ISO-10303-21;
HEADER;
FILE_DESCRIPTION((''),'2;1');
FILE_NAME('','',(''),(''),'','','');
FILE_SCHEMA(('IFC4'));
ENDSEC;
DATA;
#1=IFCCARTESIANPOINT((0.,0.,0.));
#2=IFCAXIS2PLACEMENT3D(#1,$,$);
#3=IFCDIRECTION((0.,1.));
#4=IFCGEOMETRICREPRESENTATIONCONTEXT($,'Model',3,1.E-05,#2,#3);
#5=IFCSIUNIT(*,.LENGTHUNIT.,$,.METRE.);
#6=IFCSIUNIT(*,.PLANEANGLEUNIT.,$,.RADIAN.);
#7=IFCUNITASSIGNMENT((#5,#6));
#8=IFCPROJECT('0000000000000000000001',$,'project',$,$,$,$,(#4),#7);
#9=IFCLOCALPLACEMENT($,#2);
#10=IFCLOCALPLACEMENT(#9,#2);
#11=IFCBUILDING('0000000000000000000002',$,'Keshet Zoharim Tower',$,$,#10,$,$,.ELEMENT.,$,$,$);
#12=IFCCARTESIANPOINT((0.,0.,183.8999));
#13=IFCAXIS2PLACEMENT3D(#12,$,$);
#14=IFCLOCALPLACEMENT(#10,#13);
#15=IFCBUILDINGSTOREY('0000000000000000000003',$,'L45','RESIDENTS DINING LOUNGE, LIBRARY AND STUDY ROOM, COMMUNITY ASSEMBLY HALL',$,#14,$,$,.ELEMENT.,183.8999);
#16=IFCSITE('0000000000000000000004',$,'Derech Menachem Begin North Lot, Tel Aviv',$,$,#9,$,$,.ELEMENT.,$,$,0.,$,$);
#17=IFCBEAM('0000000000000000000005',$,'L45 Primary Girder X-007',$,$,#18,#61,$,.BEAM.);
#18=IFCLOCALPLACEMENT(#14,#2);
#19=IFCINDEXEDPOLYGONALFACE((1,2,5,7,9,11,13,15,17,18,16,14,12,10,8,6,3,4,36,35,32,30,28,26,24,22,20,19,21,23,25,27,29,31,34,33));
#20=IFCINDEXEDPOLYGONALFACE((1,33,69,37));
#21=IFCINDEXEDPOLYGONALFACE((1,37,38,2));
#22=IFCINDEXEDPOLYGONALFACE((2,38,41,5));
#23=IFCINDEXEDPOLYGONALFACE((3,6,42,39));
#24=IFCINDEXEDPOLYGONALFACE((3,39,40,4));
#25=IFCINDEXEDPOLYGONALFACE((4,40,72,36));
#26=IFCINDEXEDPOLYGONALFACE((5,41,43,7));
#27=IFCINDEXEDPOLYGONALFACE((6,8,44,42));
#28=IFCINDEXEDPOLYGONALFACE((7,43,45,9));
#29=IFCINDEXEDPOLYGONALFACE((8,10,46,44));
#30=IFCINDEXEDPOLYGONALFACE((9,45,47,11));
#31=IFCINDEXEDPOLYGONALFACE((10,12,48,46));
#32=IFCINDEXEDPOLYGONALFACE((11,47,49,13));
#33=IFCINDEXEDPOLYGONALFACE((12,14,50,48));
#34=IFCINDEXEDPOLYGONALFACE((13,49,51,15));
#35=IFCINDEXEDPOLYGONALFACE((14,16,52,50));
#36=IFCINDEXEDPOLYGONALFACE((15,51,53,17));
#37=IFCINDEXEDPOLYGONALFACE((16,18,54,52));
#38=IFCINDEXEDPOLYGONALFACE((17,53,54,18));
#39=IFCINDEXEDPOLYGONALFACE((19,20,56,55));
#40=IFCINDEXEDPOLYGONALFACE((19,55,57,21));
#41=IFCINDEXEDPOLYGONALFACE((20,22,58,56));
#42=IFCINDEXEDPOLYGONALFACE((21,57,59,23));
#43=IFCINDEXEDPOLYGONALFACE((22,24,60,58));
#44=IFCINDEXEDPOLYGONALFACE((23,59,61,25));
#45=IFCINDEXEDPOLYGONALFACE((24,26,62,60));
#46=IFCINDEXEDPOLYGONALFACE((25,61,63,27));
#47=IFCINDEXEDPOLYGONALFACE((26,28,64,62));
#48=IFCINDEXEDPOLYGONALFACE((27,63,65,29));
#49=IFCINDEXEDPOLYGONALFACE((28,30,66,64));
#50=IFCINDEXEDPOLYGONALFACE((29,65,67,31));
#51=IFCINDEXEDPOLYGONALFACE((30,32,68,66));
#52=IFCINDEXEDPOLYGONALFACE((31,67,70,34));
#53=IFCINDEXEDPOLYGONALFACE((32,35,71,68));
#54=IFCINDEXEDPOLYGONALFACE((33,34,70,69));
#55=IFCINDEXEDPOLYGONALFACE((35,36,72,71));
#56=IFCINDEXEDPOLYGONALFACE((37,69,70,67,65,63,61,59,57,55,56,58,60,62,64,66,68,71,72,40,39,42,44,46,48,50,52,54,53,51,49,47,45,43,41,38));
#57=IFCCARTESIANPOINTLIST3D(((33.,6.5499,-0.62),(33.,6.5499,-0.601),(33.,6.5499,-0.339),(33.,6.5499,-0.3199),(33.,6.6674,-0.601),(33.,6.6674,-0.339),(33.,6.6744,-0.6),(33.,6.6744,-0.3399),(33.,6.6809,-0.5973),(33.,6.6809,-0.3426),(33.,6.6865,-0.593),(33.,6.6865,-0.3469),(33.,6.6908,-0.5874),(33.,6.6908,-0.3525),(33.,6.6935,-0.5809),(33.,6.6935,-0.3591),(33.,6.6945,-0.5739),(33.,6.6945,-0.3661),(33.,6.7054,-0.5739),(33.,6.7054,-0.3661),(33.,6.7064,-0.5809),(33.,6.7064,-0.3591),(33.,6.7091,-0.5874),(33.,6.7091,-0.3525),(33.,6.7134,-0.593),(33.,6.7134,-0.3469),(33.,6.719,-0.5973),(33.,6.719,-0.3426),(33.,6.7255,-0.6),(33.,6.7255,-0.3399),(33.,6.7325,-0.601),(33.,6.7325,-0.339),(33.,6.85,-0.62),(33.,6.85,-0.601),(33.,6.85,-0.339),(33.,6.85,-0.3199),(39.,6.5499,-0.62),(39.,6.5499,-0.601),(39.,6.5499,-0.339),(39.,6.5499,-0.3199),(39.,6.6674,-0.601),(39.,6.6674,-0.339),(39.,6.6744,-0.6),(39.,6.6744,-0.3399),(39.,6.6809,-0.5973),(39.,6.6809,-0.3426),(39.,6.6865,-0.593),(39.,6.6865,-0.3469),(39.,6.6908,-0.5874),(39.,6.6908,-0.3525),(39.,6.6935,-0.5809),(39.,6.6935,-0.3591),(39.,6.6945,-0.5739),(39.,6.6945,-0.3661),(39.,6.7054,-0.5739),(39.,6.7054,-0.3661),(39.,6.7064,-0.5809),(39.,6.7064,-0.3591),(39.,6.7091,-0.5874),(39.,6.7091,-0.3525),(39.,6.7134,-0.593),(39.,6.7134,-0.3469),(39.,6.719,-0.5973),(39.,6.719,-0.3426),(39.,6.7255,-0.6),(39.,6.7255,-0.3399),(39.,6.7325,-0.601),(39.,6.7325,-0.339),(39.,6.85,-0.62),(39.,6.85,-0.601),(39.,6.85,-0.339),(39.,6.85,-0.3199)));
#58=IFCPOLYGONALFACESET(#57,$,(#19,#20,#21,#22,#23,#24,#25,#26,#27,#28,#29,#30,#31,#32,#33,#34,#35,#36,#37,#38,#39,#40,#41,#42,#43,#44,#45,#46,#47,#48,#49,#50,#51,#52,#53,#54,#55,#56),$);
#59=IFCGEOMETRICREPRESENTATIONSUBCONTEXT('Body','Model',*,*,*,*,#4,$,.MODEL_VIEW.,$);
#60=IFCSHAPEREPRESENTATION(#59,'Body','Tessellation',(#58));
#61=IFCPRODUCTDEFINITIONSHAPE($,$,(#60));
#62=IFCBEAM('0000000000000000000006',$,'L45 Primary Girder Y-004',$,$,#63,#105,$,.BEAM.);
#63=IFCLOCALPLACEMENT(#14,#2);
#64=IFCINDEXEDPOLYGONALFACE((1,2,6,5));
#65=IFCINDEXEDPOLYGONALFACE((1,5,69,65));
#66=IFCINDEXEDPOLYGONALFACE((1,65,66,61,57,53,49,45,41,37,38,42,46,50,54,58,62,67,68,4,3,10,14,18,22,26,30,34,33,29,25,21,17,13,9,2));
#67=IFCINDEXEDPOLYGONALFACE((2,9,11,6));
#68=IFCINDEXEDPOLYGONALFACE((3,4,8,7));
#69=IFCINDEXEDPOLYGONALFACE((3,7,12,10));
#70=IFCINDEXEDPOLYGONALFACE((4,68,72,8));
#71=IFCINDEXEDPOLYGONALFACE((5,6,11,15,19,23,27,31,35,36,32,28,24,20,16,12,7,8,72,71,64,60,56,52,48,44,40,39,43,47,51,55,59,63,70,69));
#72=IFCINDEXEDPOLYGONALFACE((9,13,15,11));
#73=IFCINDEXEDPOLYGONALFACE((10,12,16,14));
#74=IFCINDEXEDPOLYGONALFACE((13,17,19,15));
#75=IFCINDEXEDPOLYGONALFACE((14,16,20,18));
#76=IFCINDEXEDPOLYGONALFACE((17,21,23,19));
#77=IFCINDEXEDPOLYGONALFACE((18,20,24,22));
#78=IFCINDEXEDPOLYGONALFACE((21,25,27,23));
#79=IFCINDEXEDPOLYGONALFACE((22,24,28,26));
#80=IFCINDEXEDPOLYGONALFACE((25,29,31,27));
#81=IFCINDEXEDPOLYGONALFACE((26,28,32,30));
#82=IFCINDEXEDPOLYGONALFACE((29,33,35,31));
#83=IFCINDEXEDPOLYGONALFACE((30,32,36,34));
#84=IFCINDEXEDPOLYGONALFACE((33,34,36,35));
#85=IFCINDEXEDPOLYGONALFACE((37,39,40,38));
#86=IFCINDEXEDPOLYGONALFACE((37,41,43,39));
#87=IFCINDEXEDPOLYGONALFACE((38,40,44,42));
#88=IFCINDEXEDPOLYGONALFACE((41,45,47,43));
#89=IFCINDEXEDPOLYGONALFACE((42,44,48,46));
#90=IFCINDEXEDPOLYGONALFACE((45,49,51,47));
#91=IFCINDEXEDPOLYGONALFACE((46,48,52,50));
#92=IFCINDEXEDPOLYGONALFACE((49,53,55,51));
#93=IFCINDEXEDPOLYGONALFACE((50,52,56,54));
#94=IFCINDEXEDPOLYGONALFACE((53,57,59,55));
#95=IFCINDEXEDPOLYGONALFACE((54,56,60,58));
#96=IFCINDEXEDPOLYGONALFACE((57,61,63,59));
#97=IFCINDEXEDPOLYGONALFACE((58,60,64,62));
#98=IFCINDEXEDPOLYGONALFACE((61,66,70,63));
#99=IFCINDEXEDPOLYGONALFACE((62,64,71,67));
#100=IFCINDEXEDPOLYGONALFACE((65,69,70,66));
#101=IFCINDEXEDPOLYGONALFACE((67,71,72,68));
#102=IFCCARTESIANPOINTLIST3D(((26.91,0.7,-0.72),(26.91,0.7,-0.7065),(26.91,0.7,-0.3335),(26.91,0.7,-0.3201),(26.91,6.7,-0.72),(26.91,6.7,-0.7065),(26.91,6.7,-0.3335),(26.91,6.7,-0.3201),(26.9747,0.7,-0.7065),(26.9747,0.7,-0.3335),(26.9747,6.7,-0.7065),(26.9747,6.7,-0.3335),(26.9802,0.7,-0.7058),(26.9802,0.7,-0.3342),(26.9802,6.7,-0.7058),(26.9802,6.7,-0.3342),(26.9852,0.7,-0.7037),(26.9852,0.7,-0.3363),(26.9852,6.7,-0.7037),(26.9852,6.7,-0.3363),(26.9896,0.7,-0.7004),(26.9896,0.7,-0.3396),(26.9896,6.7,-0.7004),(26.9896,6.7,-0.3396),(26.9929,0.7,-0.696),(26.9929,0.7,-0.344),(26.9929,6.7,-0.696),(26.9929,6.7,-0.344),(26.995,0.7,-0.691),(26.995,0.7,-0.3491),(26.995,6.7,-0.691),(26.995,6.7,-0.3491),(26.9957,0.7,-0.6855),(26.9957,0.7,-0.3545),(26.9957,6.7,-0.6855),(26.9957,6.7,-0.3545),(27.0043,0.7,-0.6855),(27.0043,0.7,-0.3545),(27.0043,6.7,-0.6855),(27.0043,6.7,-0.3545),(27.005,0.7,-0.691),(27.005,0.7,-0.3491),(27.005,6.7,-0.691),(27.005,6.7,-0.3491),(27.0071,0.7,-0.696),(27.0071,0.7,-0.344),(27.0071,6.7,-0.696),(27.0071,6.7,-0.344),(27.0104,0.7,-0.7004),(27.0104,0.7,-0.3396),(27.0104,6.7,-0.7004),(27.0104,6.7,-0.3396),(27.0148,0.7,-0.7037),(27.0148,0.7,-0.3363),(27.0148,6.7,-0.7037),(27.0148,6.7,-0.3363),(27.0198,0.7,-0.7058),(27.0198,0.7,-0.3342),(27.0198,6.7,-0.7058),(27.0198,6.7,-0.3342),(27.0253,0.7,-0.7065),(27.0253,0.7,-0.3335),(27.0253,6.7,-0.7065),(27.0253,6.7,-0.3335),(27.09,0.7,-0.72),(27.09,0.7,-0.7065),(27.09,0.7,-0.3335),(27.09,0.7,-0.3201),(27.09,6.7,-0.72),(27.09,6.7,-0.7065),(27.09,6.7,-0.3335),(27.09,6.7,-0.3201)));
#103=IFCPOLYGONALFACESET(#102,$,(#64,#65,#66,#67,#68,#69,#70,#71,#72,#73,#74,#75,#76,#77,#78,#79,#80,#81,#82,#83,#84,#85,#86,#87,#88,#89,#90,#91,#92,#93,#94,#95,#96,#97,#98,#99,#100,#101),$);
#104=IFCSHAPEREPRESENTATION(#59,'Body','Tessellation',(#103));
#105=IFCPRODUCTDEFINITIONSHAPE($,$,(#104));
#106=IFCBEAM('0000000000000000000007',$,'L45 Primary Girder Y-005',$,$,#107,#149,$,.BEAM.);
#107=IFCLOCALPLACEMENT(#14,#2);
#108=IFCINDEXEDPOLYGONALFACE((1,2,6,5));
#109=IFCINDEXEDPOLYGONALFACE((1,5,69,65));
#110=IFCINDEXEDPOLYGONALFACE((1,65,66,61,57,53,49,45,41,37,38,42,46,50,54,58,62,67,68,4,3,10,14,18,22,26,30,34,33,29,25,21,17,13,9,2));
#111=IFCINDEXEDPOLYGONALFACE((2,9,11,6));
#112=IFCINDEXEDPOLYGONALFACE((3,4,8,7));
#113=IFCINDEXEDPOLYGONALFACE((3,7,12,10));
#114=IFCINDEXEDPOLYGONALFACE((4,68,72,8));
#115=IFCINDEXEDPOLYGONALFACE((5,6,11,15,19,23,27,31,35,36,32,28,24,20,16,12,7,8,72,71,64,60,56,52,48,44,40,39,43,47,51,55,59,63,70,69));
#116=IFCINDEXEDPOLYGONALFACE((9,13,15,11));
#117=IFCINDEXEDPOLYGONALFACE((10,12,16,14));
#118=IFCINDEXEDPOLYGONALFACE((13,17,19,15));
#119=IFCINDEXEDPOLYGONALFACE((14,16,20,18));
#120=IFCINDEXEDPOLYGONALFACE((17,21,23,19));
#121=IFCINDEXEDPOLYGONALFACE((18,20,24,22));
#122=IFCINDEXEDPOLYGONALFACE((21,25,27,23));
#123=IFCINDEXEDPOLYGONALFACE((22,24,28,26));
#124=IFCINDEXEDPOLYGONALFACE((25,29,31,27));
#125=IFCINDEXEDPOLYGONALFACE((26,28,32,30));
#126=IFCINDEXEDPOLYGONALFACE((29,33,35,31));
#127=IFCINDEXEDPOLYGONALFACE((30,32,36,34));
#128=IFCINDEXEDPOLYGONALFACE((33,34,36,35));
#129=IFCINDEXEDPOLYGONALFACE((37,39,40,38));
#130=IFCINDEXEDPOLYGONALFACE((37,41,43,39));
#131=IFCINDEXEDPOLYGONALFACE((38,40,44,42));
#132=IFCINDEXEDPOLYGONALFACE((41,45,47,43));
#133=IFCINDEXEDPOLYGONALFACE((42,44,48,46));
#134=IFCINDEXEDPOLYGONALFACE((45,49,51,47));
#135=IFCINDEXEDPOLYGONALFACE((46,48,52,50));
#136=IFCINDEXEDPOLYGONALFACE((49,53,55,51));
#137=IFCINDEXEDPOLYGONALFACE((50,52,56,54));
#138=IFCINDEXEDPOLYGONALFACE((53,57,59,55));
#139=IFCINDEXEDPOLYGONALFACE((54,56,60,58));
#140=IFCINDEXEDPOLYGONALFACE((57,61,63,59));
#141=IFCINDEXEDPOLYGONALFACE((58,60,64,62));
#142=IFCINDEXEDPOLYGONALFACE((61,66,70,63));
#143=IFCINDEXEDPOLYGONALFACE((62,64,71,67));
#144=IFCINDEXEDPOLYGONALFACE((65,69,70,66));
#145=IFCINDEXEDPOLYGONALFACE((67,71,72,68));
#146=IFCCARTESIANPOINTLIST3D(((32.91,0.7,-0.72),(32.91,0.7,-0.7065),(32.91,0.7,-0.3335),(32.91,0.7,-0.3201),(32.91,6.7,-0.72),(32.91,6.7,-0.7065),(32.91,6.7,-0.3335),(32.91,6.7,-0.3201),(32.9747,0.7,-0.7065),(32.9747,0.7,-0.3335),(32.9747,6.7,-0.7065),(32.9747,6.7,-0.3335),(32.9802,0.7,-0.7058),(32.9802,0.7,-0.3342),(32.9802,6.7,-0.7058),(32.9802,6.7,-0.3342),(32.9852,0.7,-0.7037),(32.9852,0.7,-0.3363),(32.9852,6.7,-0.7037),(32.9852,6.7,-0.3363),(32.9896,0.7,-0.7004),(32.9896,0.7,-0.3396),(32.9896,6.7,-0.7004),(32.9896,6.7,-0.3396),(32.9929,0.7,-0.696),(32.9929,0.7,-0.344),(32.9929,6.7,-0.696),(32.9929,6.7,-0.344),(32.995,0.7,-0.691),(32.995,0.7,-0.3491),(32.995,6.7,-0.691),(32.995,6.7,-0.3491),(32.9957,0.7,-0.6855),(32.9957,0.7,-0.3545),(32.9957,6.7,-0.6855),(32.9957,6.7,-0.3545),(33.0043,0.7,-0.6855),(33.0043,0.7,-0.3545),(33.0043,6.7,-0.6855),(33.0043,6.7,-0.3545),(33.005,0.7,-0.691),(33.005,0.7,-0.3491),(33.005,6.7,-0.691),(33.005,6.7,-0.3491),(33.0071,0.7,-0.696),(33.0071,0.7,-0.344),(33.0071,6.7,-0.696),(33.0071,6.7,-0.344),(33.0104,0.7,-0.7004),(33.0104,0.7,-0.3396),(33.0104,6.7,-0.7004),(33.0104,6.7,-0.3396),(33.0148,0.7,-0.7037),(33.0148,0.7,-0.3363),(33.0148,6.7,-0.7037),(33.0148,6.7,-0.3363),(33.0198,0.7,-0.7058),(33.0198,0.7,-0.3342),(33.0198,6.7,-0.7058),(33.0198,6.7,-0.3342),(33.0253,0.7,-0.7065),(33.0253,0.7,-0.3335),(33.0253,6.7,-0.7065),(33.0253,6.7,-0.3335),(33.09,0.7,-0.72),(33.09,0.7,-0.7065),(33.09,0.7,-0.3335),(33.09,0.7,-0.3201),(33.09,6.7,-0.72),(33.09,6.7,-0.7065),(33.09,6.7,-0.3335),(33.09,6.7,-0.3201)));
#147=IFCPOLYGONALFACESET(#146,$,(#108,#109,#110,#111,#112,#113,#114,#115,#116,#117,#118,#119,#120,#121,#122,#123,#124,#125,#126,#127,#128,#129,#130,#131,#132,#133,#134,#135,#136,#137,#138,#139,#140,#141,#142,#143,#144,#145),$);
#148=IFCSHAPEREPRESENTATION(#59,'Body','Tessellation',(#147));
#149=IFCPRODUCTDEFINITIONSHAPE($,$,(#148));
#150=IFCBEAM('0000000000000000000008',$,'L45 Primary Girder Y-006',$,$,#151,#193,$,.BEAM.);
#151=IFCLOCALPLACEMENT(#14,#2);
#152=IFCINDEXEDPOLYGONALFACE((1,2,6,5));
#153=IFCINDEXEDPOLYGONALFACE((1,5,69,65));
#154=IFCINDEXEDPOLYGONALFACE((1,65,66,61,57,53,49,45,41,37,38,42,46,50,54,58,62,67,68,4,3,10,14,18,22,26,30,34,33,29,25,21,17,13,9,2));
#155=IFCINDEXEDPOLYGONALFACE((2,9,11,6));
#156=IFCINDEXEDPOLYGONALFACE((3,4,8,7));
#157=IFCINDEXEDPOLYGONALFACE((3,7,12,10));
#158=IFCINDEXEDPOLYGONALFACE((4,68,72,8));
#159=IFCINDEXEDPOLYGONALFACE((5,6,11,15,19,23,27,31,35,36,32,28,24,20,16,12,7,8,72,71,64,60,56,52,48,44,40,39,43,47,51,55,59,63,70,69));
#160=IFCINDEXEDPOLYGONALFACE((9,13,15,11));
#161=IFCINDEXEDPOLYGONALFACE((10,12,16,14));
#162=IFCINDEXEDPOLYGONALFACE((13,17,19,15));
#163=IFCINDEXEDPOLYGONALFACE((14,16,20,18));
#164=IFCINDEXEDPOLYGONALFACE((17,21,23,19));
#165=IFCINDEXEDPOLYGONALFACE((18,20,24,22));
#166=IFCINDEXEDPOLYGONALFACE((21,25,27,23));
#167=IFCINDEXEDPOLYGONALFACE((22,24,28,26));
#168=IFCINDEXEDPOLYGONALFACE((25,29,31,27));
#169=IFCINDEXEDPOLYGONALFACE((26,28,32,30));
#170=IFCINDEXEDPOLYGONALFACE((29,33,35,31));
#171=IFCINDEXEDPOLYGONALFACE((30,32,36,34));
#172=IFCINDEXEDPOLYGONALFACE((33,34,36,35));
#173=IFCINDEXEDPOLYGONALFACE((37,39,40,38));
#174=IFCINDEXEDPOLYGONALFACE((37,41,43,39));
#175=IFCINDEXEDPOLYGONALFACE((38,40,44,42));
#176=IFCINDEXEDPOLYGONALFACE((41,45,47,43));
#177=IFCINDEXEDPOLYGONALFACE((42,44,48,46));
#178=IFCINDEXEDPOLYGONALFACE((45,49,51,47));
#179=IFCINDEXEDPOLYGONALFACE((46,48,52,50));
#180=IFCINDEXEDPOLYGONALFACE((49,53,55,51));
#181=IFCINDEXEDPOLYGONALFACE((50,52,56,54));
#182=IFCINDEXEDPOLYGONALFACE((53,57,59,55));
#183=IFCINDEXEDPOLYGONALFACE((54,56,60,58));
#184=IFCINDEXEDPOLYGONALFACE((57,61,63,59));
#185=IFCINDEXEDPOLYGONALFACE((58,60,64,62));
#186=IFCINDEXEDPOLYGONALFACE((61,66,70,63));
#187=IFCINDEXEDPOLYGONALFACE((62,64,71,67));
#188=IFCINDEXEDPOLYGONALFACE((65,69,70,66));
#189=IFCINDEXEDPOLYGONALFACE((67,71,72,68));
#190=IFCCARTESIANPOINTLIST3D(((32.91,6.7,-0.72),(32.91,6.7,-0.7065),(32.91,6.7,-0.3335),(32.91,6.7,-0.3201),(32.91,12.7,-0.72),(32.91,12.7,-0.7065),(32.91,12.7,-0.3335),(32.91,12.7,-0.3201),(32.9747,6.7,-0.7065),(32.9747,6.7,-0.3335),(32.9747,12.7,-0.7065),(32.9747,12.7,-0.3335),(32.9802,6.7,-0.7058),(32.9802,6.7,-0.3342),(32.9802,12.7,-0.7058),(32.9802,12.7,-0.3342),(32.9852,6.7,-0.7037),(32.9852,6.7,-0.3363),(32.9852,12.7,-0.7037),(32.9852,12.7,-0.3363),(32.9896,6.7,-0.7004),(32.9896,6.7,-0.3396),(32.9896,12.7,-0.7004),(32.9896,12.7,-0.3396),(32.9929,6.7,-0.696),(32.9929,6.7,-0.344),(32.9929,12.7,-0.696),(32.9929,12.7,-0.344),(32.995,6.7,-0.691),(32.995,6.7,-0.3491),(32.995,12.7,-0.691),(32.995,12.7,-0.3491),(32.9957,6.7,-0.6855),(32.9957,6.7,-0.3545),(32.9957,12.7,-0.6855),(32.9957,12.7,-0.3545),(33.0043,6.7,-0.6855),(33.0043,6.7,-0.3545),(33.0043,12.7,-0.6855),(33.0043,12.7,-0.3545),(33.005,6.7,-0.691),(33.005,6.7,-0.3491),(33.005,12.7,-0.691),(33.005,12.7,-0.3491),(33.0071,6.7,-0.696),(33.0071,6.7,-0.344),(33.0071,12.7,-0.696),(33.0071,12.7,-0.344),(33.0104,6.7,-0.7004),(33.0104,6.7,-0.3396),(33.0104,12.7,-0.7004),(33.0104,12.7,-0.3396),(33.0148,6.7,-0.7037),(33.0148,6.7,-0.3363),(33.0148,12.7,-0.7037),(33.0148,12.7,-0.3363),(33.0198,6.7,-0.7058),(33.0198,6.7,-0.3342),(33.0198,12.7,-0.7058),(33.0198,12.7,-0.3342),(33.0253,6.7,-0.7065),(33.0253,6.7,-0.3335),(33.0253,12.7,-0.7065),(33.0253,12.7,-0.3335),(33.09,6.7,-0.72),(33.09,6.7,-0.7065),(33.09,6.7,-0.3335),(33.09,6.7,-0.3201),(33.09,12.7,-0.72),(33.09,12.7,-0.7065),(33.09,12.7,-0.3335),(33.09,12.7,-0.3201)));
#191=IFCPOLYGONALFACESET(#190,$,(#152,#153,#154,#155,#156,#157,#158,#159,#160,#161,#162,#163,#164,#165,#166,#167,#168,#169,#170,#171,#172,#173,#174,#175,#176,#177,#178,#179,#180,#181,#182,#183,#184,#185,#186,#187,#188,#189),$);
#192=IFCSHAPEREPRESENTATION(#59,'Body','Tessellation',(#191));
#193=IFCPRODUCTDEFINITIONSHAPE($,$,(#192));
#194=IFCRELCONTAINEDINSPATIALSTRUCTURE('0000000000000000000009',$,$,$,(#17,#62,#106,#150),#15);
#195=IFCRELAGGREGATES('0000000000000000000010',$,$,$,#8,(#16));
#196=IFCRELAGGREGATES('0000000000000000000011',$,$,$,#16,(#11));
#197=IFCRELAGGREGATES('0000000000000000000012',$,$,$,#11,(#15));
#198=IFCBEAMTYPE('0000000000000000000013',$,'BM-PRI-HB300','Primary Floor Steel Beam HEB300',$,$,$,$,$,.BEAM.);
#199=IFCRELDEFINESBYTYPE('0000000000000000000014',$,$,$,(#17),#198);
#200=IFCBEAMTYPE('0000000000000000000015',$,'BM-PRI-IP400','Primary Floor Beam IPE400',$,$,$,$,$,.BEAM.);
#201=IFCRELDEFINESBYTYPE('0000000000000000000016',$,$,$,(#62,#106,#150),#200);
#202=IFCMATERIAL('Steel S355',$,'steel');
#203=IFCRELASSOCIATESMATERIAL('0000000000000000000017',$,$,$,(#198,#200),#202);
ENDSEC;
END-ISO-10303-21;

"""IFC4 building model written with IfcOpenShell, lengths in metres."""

from ifc_helpers import new_model, si_unit, direction, frame, origin, origin_2d, place, context, subcontext, project, spatial, i_section, extrude, material, material_profile, profile_set, type_object, element, save


model = new_model("IFC4")

# Units and contexts
model_context = context("Model", 3, precision=1e-05, world=origin(), true_north=direction((0.0, 1.0)))
body_context = subcontext(model_context, "Body", "Model", "MODEL_VIEW")
ifc_project = project(units=[si_unit("LENGTHUNIT", "METRE"), si_unit("PLANEANGLEUNIT", "RADIAN")], contexts=[model_context])

# Site, building, storey
site_placement = place(None, origin())
site = spatial("IfcSite", under=ifc_project, at=site_placement, Name="Derech Menachem Begin North Lot, Tel Aviv", CompositionType="ELEMENT", RefElevation=0.0)
building_placement = place(site_placement, origin())
building = spatial("IfcBuilding", under=site, at=building_placement, Name="Keshet Zoharim Tower", CompositionType="ELEMENT")
storey_placement = place(building_placement, frame((0.0, 0.0, 183.8999)))
storey = spatial("IfcBuildingStorey", under=building, at=storey_placement, Name="L45", Description="RESIDENTS DINING LOUNGE, LIBRARY AND STUDY ROOM, COMMUNITY ASSEMBLY HALL", CompositionType="ELEMENT", Elevation=183.8999)

# Shared definitions
ifc_material_1 = material(Name="Steel S355", Category="steel")

# Beams
ifc_material_profile_1 = material_profile(ifc_material_1, i_section(OverallWidth=0.3, OverallDepth=0.3, WebThickness=0.011, FlangeThickness=0.019, FilletRadius=0.0271, at=origin_2d()), Name="HEB300")
ifc_profile_set_1 = profile_set([ifc_material_profile_1], Name="Steel S355")
beam_type_1 = type_object("IfcBeamType", Name="BM-PRI-HB300", Description="Primary Floor Steel Beam HEB300", PredefinedType="BEAM", material=ifc_profile_set_1)
for number, where, z_axis, x_axis, name in (
    (1, (33.0, 6.7, -0.47), (1.0, 0.0, 0.0), (0.0, 1.0, 0.0), "L45 Primary Girder X-007"),
):
    element("IfcBeam", number, at=place(storey_placement, frame(where, z_axis=z_axis, x_axis=x_axis)), inside=storey, type_object=beam_type_1, Name=name, PredefinedType="BEAM", context=body_context, shape_type="SweptSolid", body=[
        extrude(i_section(OverallWidth=0.3, OverallDepth=0.3, WebThickness=0.011, FlangeThickness=0.019, FilletRadius=0.0271, at=origin_2d()), origin(), (0.0, 0.0, 1.0), 6.0),
    ])
ifc_material_profile_2 = material_profile(ifc_material_1, i_section(OverallWidth=0.1799, OverallDepth=0.3999, WebThickness=0.0085, FlangeThickness=0.0134, FilletRadius=0.021, at=origin_2d()), Name="IPE400")
ifc_profile_set_2 = profile_set([ifc_material_profile_2], Name="Steel S355")
beam_type_2 = type_object("IfcBeamType", Name="BM-PRI-IP400", Description="Primary Floor Beam IPE400", PredefinedType="BEAM", material=ifc_profile_set_2)
for number, where, z_axis, x_axis, name in (
    (2, (27.0, 0.7, -0.52), (0.0, 1.0, 0.0), (-1.0, 0.0, 0.0), "L45 Primary Girder Y-004"),
    (3, (33.0, 0.7, -0.52), (0.0, 1.0, 0.0), (-1.0, 0.0, 0.0), "L45 Primary Girder Y-005"),
    (4, (33.0, 6.7, -0.52), (0.0, 1.0, 0.0), (-1.0, 0.0, 0.0), "L45 Primary Girder Y-006"),
):
    element("IfcBeam", number, at=place(storey_placement, frame(where, z_axis=z_axis, x_axis=x_axis)), inside=storey, type_object=beam_type_2, Name=name, PredefinedType="BEAM", context=body_context, shape_type="SweptSolid", body=[
        extrude(i_section(OverallWidth=0.1799, OverallDepth=0.3999, WebThickness=0.0085, FlangeThickness=0.0134, FilletRadius=0.021, at=origin_2d()), origin(), (0.0, 0.0, 1.0), 6.0),
    ])

save(model, "model.ifc")
